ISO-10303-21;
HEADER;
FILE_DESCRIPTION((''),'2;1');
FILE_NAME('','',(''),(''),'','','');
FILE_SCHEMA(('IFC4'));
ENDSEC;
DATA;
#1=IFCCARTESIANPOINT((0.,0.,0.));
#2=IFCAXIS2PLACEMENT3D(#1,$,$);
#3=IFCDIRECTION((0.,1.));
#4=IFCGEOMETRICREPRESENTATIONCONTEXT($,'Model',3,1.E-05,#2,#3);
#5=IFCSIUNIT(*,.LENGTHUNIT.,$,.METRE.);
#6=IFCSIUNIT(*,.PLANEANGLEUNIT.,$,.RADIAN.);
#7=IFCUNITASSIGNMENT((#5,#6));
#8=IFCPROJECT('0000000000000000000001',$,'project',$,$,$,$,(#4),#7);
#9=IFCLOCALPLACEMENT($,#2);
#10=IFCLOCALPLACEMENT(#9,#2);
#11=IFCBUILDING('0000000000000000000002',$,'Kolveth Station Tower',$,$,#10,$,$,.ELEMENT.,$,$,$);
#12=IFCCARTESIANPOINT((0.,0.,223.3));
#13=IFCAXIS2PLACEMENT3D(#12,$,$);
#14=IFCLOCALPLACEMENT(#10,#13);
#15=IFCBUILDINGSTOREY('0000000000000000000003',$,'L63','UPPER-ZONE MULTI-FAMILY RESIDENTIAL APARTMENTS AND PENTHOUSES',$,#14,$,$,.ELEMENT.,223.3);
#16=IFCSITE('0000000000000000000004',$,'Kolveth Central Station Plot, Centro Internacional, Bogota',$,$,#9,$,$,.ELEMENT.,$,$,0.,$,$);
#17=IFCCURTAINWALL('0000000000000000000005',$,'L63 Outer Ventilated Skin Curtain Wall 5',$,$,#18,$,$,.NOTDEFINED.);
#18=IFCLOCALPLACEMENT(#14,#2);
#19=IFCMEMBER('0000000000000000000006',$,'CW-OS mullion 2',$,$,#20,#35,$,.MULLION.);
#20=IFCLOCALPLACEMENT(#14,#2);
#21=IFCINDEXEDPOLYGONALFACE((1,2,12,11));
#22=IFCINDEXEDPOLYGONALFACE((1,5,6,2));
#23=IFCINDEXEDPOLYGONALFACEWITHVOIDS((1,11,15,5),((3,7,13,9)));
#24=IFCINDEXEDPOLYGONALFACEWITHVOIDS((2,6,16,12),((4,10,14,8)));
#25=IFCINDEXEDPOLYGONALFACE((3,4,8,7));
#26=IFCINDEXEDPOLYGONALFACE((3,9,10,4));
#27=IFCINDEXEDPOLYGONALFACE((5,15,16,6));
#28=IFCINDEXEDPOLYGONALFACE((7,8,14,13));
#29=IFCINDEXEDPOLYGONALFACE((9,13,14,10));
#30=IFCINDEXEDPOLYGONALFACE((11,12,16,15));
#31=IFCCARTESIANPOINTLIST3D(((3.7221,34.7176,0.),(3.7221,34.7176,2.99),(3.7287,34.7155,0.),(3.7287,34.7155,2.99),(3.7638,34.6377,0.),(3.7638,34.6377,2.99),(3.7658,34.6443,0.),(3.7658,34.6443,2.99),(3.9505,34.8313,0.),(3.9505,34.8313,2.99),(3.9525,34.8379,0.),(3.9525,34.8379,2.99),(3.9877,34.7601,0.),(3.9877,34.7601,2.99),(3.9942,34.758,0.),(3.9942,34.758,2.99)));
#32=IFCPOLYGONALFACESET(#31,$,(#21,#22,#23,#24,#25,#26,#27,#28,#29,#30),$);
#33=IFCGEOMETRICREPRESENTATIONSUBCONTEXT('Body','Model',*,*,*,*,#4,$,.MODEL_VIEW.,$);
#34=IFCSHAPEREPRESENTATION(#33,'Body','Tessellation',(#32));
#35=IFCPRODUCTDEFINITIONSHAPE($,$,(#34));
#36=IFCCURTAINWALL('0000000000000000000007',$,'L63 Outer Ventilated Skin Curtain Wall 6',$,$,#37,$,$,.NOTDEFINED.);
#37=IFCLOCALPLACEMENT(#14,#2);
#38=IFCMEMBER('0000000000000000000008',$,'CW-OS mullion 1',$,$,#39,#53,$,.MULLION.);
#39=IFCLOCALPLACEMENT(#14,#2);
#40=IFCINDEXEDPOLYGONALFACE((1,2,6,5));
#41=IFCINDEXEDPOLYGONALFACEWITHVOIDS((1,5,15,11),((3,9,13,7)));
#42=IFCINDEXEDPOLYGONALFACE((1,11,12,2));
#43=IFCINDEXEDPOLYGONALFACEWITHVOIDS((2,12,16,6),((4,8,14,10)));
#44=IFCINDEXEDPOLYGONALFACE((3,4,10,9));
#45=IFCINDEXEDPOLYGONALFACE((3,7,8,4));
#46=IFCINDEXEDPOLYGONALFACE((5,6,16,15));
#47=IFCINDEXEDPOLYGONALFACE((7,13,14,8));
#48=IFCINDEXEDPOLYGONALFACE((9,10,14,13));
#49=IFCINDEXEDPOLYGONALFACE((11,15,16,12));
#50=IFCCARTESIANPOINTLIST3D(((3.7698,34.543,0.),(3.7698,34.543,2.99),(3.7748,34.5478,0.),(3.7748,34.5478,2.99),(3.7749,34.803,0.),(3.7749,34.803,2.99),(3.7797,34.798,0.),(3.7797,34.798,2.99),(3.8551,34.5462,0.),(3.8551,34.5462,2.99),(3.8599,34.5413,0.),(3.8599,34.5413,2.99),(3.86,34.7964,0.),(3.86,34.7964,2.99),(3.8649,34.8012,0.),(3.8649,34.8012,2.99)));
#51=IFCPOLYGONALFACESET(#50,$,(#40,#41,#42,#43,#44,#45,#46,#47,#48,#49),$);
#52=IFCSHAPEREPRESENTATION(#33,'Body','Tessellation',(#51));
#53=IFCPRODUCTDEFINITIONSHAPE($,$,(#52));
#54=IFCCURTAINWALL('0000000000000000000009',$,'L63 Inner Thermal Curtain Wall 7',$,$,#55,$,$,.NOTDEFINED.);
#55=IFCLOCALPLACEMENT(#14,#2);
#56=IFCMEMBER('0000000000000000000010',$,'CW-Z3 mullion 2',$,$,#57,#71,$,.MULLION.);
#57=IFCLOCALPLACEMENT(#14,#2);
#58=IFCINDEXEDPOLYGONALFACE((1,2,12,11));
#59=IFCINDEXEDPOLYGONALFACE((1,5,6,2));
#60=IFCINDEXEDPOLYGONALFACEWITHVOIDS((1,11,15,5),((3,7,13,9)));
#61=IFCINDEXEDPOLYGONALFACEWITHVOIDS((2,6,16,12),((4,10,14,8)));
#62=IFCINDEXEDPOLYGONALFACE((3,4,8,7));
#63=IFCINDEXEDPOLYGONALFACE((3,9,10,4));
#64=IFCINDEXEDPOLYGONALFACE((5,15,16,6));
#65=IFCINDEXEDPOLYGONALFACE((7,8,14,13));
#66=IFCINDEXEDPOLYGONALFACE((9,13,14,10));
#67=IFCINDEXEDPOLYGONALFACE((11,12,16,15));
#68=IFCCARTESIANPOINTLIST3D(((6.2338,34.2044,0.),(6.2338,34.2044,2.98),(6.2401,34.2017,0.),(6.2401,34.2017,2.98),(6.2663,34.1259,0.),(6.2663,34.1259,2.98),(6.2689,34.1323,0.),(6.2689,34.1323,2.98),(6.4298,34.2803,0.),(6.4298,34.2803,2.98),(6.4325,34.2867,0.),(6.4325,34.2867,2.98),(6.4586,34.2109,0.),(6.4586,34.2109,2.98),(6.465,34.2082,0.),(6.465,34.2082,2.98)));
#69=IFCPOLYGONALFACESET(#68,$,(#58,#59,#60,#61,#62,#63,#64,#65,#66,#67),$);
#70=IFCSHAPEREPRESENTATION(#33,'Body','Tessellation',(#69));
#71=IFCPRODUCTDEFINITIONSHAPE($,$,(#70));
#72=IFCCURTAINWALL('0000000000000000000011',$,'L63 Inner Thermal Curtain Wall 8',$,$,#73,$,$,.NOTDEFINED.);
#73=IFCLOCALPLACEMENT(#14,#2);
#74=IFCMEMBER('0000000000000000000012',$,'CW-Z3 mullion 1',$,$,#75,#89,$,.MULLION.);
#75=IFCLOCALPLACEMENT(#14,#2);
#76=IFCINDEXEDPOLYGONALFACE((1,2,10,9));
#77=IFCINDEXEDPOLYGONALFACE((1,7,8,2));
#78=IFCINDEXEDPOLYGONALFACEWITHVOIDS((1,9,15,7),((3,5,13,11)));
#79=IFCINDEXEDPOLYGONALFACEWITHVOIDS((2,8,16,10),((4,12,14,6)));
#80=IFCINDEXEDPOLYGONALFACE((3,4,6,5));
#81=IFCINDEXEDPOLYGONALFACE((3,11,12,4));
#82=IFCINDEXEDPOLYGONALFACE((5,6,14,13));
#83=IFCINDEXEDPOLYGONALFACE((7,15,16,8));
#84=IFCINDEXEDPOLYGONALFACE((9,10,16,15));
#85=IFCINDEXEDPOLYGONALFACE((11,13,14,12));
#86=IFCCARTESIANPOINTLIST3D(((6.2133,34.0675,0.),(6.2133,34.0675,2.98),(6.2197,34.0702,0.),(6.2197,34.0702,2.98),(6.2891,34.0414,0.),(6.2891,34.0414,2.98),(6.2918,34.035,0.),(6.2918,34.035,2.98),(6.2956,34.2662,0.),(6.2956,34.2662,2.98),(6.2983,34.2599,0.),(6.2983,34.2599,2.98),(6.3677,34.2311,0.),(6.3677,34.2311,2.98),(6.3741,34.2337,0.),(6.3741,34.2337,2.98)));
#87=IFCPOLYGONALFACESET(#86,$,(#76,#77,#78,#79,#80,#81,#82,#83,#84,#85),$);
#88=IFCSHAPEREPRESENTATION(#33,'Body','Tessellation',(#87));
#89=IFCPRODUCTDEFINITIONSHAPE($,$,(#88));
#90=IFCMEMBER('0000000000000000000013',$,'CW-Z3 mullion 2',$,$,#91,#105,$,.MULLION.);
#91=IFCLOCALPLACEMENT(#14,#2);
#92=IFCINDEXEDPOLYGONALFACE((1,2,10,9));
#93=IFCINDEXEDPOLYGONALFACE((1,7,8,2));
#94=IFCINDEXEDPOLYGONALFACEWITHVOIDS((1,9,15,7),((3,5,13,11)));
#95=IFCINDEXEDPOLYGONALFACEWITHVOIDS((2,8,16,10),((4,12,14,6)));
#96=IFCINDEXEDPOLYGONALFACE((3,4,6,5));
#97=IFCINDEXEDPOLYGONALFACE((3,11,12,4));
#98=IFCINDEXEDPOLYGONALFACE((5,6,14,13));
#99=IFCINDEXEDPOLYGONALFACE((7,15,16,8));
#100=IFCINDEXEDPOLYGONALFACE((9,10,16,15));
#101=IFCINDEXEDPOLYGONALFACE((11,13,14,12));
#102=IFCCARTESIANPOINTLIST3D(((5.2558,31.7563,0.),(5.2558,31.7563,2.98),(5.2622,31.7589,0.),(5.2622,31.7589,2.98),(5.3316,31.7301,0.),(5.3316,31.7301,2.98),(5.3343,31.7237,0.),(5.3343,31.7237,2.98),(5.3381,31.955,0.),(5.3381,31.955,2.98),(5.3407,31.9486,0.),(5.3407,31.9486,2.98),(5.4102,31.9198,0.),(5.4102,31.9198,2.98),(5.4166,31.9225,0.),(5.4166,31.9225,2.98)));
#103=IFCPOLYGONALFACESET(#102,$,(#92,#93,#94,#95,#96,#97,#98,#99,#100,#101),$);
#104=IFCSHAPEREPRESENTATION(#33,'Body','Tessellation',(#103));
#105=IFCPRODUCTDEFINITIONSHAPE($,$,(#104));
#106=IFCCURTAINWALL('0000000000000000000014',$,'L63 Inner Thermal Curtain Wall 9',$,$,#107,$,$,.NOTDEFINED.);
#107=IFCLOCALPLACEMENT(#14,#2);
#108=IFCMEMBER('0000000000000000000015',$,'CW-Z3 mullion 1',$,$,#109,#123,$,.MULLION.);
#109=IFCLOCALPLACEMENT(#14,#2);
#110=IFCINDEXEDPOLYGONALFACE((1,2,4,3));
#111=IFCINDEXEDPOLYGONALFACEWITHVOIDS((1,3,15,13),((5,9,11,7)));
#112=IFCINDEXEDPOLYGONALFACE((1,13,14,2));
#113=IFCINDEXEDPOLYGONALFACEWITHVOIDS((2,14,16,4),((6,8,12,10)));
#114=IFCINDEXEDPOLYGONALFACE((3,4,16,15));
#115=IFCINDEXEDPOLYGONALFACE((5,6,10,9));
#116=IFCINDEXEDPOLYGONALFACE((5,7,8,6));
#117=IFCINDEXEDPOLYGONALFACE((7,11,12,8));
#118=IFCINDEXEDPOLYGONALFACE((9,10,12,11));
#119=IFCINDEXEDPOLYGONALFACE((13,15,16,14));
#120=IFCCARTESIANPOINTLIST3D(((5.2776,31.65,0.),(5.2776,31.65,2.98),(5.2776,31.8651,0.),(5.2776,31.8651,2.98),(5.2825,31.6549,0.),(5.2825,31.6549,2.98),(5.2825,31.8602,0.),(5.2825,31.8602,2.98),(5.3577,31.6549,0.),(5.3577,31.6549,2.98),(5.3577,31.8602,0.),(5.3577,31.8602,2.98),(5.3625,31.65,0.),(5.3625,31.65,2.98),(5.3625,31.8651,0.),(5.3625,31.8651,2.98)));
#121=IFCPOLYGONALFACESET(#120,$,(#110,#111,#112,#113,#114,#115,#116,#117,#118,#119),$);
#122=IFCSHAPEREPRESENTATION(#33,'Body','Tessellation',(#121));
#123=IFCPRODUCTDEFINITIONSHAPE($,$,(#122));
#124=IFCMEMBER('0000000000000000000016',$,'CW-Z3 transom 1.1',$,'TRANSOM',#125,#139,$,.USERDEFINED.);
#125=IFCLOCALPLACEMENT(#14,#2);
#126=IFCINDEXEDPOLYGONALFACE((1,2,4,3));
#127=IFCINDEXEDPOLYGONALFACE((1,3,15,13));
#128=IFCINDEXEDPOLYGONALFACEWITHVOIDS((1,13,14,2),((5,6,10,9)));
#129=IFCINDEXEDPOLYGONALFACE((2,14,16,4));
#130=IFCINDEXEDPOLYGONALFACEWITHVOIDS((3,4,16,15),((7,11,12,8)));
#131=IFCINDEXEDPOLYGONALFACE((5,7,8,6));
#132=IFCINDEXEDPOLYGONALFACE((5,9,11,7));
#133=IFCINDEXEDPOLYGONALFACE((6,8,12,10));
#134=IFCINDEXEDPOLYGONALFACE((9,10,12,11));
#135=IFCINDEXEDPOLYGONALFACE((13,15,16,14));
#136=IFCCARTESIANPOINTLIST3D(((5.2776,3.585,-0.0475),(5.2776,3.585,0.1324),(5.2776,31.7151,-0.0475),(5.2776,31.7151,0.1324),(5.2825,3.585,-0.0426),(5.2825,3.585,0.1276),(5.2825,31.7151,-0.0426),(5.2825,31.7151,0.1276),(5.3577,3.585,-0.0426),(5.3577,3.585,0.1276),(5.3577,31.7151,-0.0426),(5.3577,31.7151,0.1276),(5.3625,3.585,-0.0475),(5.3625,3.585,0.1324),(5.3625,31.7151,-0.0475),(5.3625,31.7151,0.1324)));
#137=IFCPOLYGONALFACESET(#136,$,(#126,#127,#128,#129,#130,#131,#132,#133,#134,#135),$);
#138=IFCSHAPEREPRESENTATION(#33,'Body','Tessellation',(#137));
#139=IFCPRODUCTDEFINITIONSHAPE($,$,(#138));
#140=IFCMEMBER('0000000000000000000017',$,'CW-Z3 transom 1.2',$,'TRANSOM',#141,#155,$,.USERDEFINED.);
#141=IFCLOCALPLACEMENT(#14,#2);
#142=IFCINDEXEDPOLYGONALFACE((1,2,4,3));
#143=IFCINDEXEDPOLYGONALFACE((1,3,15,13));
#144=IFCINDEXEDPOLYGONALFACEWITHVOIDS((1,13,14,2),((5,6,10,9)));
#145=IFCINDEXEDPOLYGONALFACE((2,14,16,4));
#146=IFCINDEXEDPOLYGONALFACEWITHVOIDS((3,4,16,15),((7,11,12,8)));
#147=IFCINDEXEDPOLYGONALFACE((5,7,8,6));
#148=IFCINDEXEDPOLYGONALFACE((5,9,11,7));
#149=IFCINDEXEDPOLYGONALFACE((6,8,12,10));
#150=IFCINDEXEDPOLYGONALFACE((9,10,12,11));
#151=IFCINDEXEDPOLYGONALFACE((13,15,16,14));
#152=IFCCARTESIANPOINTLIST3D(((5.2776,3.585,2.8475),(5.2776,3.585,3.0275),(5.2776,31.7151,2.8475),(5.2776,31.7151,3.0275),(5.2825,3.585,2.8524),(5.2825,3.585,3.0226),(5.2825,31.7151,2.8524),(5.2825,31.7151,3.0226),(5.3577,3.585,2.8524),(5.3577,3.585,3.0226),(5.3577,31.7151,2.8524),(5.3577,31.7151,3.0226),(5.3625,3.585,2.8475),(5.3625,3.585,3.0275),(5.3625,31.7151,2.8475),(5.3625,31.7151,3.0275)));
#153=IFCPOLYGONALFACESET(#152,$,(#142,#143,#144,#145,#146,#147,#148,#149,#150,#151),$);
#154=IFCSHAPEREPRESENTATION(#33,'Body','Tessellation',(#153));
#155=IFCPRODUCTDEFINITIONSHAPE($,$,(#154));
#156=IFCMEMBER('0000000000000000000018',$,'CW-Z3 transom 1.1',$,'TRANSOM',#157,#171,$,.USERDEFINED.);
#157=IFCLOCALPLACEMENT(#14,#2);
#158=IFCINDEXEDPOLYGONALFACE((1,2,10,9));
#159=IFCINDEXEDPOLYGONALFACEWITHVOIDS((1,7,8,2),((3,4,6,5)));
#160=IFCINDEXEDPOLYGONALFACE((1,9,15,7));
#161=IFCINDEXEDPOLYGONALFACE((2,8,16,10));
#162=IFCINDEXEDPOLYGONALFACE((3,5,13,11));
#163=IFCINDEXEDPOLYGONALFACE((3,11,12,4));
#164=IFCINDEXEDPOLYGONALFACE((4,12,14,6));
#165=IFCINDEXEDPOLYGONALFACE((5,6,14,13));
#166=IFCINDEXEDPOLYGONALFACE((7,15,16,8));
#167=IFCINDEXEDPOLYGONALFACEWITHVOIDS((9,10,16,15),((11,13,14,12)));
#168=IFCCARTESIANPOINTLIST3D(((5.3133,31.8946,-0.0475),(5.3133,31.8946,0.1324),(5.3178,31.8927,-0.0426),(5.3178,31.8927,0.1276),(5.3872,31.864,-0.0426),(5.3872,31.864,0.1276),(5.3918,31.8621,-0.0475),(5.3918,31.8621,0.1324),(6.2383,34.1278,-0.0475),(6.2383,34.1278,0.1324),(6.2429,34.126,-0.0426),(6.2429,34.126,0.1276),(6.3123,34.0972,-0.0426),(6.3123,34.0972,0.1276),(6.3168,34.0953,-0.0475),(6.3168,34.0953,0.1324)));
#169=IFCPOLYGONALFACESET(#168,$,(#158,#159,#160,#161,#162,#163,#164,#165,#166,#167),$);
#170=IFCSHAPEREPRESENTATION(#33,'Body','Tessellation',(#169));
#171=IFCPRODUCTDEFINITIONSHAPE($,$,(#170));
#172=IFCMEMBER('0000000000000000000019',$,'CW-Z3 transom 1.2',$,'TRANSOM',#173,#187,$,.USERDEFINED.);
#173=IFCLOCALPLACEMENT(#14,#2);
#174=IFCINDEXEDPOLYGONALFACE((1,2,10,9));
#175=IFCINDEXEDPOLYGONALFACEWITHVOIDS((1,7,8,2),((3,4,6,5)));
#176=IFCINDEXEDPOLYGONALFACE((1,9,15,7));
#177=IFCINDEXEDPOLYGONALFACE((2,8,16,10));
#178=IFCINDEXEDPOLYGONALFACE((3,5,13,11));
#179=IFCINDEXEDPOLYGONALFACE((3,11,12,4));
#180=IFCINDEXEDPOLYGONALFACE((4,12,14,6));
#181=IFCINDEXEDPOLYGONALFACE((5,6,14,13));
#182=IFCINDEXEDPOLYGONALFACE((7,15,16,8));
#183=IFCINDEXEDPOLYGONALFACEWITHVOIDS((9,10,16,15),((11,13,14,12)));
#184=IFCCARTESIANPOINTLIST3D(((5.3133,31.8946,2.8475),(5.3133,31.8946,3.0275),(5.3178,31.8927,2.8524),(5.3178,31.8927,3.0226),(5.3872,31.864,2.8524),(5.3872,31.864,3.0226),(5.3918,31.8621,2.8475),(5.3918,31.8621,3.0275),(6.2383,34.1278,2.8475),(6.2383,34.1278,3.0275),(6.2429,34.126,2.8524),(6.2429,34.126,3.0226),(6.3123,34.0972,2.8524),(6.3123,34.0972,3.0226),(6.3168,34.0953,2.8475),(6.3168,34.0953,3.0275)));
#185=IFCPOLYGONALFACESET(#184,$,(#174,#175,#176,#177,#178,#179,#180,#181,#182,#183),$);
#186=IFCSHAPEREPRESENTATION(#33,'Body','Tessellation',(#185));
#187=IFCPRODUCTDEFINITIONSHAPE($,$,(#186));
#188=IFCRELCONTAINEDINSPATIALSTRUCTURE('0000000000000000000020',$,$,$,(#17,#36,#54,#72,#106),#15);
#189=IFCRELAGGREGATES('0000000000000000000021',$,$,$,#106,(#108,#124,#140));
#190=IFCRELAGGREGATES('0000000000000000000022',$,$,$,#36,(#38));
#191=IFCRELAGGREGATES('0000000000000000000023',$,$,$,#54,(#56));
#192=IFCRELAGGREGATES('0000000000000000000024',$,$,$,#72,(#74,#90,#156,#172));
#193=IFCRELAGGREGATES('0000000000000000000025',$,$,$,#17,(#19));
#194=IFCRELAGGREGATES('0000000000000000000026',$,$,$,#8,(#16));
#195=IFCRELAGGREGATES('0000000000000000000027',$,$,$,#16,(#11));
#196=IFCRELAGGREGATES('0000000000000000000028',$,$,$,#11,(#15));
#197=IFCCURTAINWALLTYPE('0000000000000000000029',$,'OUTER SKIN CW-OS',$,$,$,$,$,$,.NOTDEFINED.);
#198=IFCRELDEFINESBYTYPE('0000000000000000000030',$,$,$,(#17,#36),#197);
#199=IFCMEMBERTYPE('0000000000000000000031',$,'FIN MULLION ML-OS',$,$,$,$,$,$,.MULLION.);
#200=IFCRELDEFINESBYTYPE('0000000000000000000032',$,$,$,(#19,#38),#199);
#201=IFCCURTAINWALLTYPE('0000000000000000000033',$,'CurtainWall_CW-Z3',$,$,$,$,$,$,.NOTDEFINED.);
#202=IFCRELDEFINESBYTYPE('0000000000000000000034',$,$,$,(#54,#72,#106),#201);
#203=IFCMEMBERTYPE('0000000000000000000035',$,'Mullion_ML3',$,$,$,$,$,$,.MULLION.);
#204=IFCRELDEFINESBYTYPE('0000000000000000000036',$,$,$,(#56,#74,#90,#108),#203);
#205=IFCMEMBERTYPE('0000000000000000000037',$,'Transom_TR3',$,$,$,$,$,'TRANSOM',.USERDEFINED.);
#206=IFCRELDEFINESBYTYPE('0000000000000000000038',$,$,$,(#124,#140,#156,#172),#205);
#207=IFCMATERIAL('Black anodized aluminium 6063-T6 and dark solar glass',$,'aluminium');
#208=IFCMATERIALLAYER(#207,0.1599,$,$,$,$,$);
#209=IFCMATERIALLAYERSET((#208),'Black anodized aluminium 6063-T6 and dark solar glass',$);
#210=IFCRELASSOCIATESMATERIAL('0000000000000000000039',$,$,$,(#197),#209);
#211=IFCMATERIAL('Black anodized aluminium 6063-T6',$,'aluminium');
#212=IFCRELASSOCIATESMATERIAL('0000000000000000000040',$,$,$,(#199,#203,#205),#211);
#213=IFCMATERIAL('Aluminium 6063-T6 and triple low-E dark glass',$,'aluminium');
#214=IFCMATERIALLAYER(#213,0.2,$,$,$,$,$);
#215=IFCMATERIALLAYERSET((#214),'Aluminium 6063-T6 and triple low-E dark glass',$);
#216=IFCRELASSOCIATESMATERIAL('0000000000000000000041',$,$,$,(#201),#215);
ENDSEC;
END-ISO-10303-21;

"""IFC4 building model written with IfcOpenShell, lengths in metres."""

from ifc_helpers import new_model, si_unit, direction, frame, origin, origin_2d, place, context, subcontext, project, spatial, hollow_rectangle, extrude, source, transform, mapped, material, layer, layer_set, material_profile, profile_set, type_object, element, aggregate, save


model = new_model("IFC4")

# Units and contexts
model_context = context("Model", 3, precision=1e-05, world=origin(), true_north=direction((0.0, 1.0)))
body_context = subcontext(model_context, "Body", "Model", "MODEL_VIEW")
ifc_project = project(units=[si_unit("LENGTHUNIT", "METRE"), si_unit("PLANEANGLEUNIT", "RADIAN")], contexts=[model_context])

# Site, building, storey
site_placement = place(None, origin())
site = spatial("IfcSite", under=ifc_project, at=site_placement, Name="Kolveth Central Station Plot, Centro Internacional, Bogota", CompositionType="ELEMENT", RefElevation=0.0)
building_placement = place(site_placement, origin())
building = spatial("IfcBuilding", under=site, at=building_placement, Name="Kolveth Station Tower", CompositionType="ELEMENT")
storey_placement = place(building_placement, frame((0.0, 0.0, 223.3)))
storey = spatial("IfcBuildingStorey", under=building, at=storey_placement, Name="L63", Description="UPPER-ZONE MULTI-FAMILY RESIDENTIAL APARTMENTS AND PENTHOUSES", CompositionType="ELEMENT", Elevation=223.3)

# Curtain walls, members
ifc_material_1 = material(Name="Black anodized aluminium 6063-T6 and dark solar glass", Category="aluminium")
ifc_layer_1 = layer(ifc_material_1, 0.1599)
ifc_layer_set_1 = layer_set([ifc_layer_1], Name="Black anodized aluminium 6063-T6 and dark solar glass")
curtain_wall_type_1 = type_object("IfcCurtainWallType", Name="OUTER SKIN CW-OS", PredefinedType="NOTDEFINED", material=ifc_layer_set_1)
curtain_wall_1_placement = place(storey_placement, origin())
curtain_wall_1 = element("IfcCurtainWall", 1, at=curtain_wall_1_placement, inside=storey, type_object=curtain_wall_type_1, Name="L63 Outer Ventilated Skin Curtain Wall 5", PredefinedType="NOTDEFINED")
ifc_material_2 = material(Name="Black anodized aluminium 6063-T6", Category="aluminium")
ifc_material_profile_1 = material_profile(ifc_material_2, hollow_rectangle(XDim=0.0901, YDim=0.26, WallThickness=0.0049, at=origin_2d()), Name="ALU-90x260x5")
ifc_profile_set_1 = profile_set([ifc_material_profile_1], Name="Black anodized aluminium 6063-T6")
member_type_1 = type_object("IfcMemberType", Name="FIN MULLION ML-OS", PredefinedType="MULLION", material=ifc_profile_set_1)
shared_shape_1 = source(origin(), body_context, "Body", "SweptSolid", [
    extrude(hollow_rectangle(XDim=0.0901, YDim=0.26, WallThickness=0.0049, at=origin_2d()), origin(), (0.0, 0.0, 1.0), 2.99),
])
member_1_placement = place(storey_placement, frame((3.8582, 34.7378, 0.0), z_axis=(0.0, 0.0, 1.0), x_axis=(0.462834, -0.886445, 0.0)))
member_1 = element("IfcMember", 2, at=member_1_placement, type_object=member_type_1, Name="CW-OS mullion 2", PredefinedType="MULLION", context=body_context, shape_type="MappedRepresentation", body=[
    mapped(shared_shape_1, transform((0.0, 0.0, 0.0), x_axis=(1.0, 0.0, 0.0), y_axis=(0.0, 1.0, 0.0), z_axis=(0.0, 0.0, 1.0), scale=1.0)),
])
curtain_wall_2_placement = place(storey_placement, origin())
curtain_wall_2 = element("IfcCurtainWall", 3, at=curtain_wall_2_placement, inside=storey, type_object=curtain_wall_type_1, Name="L63 Outer Ventilated Skin Curtain Wall 6", PredefinedType="NOTDEFINED")
member_2_placement = place(storey_placement, frame((3.8174, 34.6721, 0.0), z_axis=(0.0, 0.0, 1.0), x_axis=(0.999813, -0.019356, 0.0)))
member_2 = element("IfcMember", 4, at=member_2_placement, type_object=member_type_1, Name="CW-OS mullion 1", PredefinedType="MULLION", context=body_context, shape_type="MappedRepresentation", body=[
    mapped(shared_shape_1, transform((0.0, 0.0, 0.0), x_axis=(1.0, 0.0, 0.0), y_axis=(0.0, 1.0, 0.0), z_axis=(0.0, 0.0, 1.0), scale=1.0)),
])
ifc_material_3 = material(Name="Aluminium 6063-T6 and triple low-E dark glass", Category="aluminium")
ifc_layer_2 = layer(ifc_material_3, 0.2)
ifc_layer_set_2 = layer_set([ifc_layer_2], Name="Aluminium 6063-T6 and triple low-E dark glass")
curtain_wall_type_2 = type_object("IfcCurtainWallType", Name="CurtainWall_CW-Z3", PredefinedType="NOTDEFINED", material=ifc_layer_set_2)
curtain_wall_3_placement = place(storey_placement, origin())
curtain_wall_3 = element("IfcCurtainWall", 5, at=curtain_wall_3_placement, inside=storey, type_object=curtain_wall_type_2, Name="L63 Inner Thermal Curtain Wall 7", PredefinedType="NOTDEFINED")
ifc_material_profile_2 = material_profile(ifc_material_2, hollow_rectangle(XDim=0.085, YDim=0.2151, WallThickness=0.0049, at=origin_2d()), Name="ALU-85x215x5")
ifc_profile_set_2 = profile_set([ifc_material_profile_2], Name="Black anodized aluminium 6063-T6")
member_type_2 = type_object("IfcMemberType", Name="Mullion_ML3", PredefinedType="MULLION", material=ifc_profile_set_2)
shared_shape_2 = source(origin(), body_context, "Body", "SweptSolid", [
    extrude(hollow_rectangle(XDim=0.085, YDim=0.2151, WallThickness=0.0049, at=origin_2d()), origin(), (0.0, 0.0, 1.0), 2.98),
])
member_3_placement = place(storey_placement, frame((6.3494, 34.2063, 0.0), z_axis=(0.0, 0.0, 1.0), x_axis=(0.382693, -0.923875, 0.0)))
member_3 = element("IfcMember", 6, at=member_3_placement, type_object=member_type_2, Name="CW-Z3 mullion 2", PredefinedType="MULLION", context=body_context, shape_type="MappedRepresentation", body=[
    mapped(shared_shape_2, transform((0.0, 0.0, 0.0), x_axis=(1.0, 0.0, 0.0), y_axis=(0.0, 1.0, 0.0), z_axis=(0.0, 0.0, 1.0), scale=1.0)),
])

# Curtain walls, members
curtain_wall_4_placement = place(storey_placement, origin())
curtain_wall_4 = element("IfcCurtainWall", 7, at=curtain_wall_4_placement, inside=storey, type_object=curtain_wall_type_2, Name="L63 Inner Thermal Curtain Wall 8", PredefinedType="NOTDEFINED")
member_4_placement = place(storey_placement, frame((6.2937, 34.1506, 0.0), z_axis=(0.0, 0.0, 1.0), x_axis=(0.923875, -0.382693, 0.0)))
member_4 = element("IfcMember", 8, at=member_4_placement, type_object=member_type_2, Name="CW-Z3 mullion 1", PredefinedType="MULLION", context=body_context, shape_type="MappedRepresentation", body=[
    mapped(shared_shape_2, transform((0.0, 0.0, 0.0), x_axis=(1.0, 0.0, 0.0), y_axis=(0.0, 1.0, 0.0), z_axis=(0.0, 0.0, 1.0), scale=1.0)),
])
member_5_placement = place(storey_placement, frame((5.3362, 31.8394, 0.0), z_axis=(0.0, 0.0, 1.0), x_axis=(0.923875, -0.382693, 0.0)))
member_5 = element("IfcMember", 9, at=member_5_placement, type_object=member_type_2, Name="CW-Z3 mullion 2", PredefinedType="MULLION", context=body_context, shape_type="MappedRepresentation", body=[
    mapped(shared_shape_2, transform((0.0, 0.0, 0.0), x_axis=(1.0, 0.0, 0.0), y_axis=(0.0, 1.0, 0.0), z_axis=(0.0, 0.0, 1.0), scale=1.0)),
])
curtain_wall_5_placement = place(storey_placement, origin())
curtain_wall_5 = element("IfcCurtainWall", 10, at=curtain_wall_5_placement, inside=storey, type_object=curtain_wall_type_2, Name="L63 Inner Thermal Curtain Wall 9", PredefinedType="NOTDEFINED")
member_6_placement = place(storey_placement, frame((5.3201, 31.7576, 0.0), z_axis=(0.0, 0.0, 1.0), x_axis=(1.0, 0.0, 0.0)))
member_6 = element("IfcMember", 11, at=member_6_placement, type_object=member_type_2, Name="CW-Z3 mullion 1", PredefinedType="MULLION", context=body_context, shape_type="MappedRepresentation", body=[
    mapped(shared_shape_2, transform((0.0, 0.0, 0.0), x_axis=(1.0, 0.0, 0.0), y_axis=(0.0, 1.0, 0.0), z_axis=(0.0, 0.0, 1.0), scale=1.0)),
])
ifc_material_profile_3 = material_profile(ifc_material_2, hollow_rectangle(XDim=0.085, YDim=0.1799, WallThickness=0.0049, at=origin_2d()), Name="ALU-85x180x5")
ifc_profile_set_3 = profile_set([ifc_material_profile_3], Name="Black anodized aluminium 6063-T6")
member_type_3 = type_object("IfcMemberType", Name="Transom_TR3", ElementType="TRANSOM", PredefinedType="USERDEFINED", material=ifc_profile_set_3)
shared_shape_3 = source(origin(), body_context, "Body", "SweptSolid", [
    extrude(hollow_rectangle(XDim=0.085, YDim=0.1799, WallThickness=0.0049, at=origin_2d()), origin(), (0.0, 0.0, 1.0), 28.1301),
])
member_7_placement = place(storey_placement, frame((5.3201, 31.7151, 0.0425), z_axis=(0.0, -1.0, 0.0), x_axis=(1.0, 0.0, 0.0)))
member_7 = element("IfcMember", 12, at=member_7_placement, type_object=member_type_3, Name="CW-Z3 transom 1.1", ObjectType="TRANSOM", PredefinedType="USERDEFINED", context=body_context, shape_type="MappedRepresentation", body=[
    mapped(shared_shape_3, transform((0.0, 0.0, 0.0), x_axis=(1.0, 0.0, 0.0), y_axis=(0.0, 1.0, 0.0), z_axis=(0.0, 0.0, 1.0), scale=1.0)),
])
member_8_placement = place(storey_placement, frame((5.3201, 31.7151, 2.9375), z_axis=(0.0, -1.0, 0.0), x_axis=(1.0, 0.0, 0.0)))
member_8 = element("IfcMember", 13, at=member_8_placement, type_object=member_type_3, Name="CW-Z3 transom 1.2", ObjectType="TRANSOM", PredefinedType="USERDEFINED", context=body_context, shape_type="MappedRepresentation", body=[
    mapped(shared_shape_3, transform((0.0, 0.0, 0.0), x_axis=(1.0, 0.0, 0.0), y_axis=(0.0, 1.0, 0.0), z_axis=(0.0, 0.0, 1.0), scale=1.0)),
])
aggregate(curtain_wall_5, [member_6, member_7, member_8])

# Members
shared_shape_4 = source(origin(), body_context, "Body", "SweptSolid", [
    extrude(hollow_rectangle(XDim=0.085, YDim=0.1799, WallThickness=0.0049, at=origin_2d()), origin(), (0.0, 0.0, 1.0), 2.4172),
])
member_9_placement = place(storey_placement, frame((6.2776, 34.1116, 0.0425), z_axis=(-0.3827, -0.923873, 0.0), x_axis=(0.923873, -0.3827, 0.0)))
member_9 = element("IfcMember", 14, at=member_9_placement, type_object=member_type_3, Name="CW-Z3 transom 1.1", ObjectType="TRANSOM", PredefinedType="USERDEFINED", context=body_context, shape_type="MappedRepresentation", body=[
    mapped(shared_shape_4, transform((0.0, 0.0, 0.0), x_axis=(1.0, 0.0, 0.0), y_axis=(0.0, 1.0, 0.0), z_axis=(0.0, 0.0, 1.0), scale=1.0)),
])
member_10_placement = place(storey_placement, frame((6.2776, 34.1116, 2.9375), z_axis=(-0.3827, -0.923873, 0.0), x_axis=(0.923873, -0.3827, 0.0)))
member_10 = element("IfcMember", 15, at=member_10_placement, type_object=member_type_3, Name="CW-Z3 transom 1.2", ObjectType="TRANSOM", PredefinedType="USERDEFINED", context=body_context, shape_type="MappedRepresentation", body=[
    mapped(shared_shape_4, transform((0.0, 0.0, 0.0), x_axis=(1.0, 0.0, 0.0), y_axis=(0.0, 1.0, 0.0), z_axis=(0.0, 0.0, 1.0), scale=1.0)),
])
aggregate(curtain_wall_2, [member_2])

aggregate(curtain_wall_3, [member_3])
aggregate(curtain_wall_4, [member_4, member_5, member_9, member_10])
aggregate(curtain_wall_1, [member_1])

save(model, "model.ifc")
